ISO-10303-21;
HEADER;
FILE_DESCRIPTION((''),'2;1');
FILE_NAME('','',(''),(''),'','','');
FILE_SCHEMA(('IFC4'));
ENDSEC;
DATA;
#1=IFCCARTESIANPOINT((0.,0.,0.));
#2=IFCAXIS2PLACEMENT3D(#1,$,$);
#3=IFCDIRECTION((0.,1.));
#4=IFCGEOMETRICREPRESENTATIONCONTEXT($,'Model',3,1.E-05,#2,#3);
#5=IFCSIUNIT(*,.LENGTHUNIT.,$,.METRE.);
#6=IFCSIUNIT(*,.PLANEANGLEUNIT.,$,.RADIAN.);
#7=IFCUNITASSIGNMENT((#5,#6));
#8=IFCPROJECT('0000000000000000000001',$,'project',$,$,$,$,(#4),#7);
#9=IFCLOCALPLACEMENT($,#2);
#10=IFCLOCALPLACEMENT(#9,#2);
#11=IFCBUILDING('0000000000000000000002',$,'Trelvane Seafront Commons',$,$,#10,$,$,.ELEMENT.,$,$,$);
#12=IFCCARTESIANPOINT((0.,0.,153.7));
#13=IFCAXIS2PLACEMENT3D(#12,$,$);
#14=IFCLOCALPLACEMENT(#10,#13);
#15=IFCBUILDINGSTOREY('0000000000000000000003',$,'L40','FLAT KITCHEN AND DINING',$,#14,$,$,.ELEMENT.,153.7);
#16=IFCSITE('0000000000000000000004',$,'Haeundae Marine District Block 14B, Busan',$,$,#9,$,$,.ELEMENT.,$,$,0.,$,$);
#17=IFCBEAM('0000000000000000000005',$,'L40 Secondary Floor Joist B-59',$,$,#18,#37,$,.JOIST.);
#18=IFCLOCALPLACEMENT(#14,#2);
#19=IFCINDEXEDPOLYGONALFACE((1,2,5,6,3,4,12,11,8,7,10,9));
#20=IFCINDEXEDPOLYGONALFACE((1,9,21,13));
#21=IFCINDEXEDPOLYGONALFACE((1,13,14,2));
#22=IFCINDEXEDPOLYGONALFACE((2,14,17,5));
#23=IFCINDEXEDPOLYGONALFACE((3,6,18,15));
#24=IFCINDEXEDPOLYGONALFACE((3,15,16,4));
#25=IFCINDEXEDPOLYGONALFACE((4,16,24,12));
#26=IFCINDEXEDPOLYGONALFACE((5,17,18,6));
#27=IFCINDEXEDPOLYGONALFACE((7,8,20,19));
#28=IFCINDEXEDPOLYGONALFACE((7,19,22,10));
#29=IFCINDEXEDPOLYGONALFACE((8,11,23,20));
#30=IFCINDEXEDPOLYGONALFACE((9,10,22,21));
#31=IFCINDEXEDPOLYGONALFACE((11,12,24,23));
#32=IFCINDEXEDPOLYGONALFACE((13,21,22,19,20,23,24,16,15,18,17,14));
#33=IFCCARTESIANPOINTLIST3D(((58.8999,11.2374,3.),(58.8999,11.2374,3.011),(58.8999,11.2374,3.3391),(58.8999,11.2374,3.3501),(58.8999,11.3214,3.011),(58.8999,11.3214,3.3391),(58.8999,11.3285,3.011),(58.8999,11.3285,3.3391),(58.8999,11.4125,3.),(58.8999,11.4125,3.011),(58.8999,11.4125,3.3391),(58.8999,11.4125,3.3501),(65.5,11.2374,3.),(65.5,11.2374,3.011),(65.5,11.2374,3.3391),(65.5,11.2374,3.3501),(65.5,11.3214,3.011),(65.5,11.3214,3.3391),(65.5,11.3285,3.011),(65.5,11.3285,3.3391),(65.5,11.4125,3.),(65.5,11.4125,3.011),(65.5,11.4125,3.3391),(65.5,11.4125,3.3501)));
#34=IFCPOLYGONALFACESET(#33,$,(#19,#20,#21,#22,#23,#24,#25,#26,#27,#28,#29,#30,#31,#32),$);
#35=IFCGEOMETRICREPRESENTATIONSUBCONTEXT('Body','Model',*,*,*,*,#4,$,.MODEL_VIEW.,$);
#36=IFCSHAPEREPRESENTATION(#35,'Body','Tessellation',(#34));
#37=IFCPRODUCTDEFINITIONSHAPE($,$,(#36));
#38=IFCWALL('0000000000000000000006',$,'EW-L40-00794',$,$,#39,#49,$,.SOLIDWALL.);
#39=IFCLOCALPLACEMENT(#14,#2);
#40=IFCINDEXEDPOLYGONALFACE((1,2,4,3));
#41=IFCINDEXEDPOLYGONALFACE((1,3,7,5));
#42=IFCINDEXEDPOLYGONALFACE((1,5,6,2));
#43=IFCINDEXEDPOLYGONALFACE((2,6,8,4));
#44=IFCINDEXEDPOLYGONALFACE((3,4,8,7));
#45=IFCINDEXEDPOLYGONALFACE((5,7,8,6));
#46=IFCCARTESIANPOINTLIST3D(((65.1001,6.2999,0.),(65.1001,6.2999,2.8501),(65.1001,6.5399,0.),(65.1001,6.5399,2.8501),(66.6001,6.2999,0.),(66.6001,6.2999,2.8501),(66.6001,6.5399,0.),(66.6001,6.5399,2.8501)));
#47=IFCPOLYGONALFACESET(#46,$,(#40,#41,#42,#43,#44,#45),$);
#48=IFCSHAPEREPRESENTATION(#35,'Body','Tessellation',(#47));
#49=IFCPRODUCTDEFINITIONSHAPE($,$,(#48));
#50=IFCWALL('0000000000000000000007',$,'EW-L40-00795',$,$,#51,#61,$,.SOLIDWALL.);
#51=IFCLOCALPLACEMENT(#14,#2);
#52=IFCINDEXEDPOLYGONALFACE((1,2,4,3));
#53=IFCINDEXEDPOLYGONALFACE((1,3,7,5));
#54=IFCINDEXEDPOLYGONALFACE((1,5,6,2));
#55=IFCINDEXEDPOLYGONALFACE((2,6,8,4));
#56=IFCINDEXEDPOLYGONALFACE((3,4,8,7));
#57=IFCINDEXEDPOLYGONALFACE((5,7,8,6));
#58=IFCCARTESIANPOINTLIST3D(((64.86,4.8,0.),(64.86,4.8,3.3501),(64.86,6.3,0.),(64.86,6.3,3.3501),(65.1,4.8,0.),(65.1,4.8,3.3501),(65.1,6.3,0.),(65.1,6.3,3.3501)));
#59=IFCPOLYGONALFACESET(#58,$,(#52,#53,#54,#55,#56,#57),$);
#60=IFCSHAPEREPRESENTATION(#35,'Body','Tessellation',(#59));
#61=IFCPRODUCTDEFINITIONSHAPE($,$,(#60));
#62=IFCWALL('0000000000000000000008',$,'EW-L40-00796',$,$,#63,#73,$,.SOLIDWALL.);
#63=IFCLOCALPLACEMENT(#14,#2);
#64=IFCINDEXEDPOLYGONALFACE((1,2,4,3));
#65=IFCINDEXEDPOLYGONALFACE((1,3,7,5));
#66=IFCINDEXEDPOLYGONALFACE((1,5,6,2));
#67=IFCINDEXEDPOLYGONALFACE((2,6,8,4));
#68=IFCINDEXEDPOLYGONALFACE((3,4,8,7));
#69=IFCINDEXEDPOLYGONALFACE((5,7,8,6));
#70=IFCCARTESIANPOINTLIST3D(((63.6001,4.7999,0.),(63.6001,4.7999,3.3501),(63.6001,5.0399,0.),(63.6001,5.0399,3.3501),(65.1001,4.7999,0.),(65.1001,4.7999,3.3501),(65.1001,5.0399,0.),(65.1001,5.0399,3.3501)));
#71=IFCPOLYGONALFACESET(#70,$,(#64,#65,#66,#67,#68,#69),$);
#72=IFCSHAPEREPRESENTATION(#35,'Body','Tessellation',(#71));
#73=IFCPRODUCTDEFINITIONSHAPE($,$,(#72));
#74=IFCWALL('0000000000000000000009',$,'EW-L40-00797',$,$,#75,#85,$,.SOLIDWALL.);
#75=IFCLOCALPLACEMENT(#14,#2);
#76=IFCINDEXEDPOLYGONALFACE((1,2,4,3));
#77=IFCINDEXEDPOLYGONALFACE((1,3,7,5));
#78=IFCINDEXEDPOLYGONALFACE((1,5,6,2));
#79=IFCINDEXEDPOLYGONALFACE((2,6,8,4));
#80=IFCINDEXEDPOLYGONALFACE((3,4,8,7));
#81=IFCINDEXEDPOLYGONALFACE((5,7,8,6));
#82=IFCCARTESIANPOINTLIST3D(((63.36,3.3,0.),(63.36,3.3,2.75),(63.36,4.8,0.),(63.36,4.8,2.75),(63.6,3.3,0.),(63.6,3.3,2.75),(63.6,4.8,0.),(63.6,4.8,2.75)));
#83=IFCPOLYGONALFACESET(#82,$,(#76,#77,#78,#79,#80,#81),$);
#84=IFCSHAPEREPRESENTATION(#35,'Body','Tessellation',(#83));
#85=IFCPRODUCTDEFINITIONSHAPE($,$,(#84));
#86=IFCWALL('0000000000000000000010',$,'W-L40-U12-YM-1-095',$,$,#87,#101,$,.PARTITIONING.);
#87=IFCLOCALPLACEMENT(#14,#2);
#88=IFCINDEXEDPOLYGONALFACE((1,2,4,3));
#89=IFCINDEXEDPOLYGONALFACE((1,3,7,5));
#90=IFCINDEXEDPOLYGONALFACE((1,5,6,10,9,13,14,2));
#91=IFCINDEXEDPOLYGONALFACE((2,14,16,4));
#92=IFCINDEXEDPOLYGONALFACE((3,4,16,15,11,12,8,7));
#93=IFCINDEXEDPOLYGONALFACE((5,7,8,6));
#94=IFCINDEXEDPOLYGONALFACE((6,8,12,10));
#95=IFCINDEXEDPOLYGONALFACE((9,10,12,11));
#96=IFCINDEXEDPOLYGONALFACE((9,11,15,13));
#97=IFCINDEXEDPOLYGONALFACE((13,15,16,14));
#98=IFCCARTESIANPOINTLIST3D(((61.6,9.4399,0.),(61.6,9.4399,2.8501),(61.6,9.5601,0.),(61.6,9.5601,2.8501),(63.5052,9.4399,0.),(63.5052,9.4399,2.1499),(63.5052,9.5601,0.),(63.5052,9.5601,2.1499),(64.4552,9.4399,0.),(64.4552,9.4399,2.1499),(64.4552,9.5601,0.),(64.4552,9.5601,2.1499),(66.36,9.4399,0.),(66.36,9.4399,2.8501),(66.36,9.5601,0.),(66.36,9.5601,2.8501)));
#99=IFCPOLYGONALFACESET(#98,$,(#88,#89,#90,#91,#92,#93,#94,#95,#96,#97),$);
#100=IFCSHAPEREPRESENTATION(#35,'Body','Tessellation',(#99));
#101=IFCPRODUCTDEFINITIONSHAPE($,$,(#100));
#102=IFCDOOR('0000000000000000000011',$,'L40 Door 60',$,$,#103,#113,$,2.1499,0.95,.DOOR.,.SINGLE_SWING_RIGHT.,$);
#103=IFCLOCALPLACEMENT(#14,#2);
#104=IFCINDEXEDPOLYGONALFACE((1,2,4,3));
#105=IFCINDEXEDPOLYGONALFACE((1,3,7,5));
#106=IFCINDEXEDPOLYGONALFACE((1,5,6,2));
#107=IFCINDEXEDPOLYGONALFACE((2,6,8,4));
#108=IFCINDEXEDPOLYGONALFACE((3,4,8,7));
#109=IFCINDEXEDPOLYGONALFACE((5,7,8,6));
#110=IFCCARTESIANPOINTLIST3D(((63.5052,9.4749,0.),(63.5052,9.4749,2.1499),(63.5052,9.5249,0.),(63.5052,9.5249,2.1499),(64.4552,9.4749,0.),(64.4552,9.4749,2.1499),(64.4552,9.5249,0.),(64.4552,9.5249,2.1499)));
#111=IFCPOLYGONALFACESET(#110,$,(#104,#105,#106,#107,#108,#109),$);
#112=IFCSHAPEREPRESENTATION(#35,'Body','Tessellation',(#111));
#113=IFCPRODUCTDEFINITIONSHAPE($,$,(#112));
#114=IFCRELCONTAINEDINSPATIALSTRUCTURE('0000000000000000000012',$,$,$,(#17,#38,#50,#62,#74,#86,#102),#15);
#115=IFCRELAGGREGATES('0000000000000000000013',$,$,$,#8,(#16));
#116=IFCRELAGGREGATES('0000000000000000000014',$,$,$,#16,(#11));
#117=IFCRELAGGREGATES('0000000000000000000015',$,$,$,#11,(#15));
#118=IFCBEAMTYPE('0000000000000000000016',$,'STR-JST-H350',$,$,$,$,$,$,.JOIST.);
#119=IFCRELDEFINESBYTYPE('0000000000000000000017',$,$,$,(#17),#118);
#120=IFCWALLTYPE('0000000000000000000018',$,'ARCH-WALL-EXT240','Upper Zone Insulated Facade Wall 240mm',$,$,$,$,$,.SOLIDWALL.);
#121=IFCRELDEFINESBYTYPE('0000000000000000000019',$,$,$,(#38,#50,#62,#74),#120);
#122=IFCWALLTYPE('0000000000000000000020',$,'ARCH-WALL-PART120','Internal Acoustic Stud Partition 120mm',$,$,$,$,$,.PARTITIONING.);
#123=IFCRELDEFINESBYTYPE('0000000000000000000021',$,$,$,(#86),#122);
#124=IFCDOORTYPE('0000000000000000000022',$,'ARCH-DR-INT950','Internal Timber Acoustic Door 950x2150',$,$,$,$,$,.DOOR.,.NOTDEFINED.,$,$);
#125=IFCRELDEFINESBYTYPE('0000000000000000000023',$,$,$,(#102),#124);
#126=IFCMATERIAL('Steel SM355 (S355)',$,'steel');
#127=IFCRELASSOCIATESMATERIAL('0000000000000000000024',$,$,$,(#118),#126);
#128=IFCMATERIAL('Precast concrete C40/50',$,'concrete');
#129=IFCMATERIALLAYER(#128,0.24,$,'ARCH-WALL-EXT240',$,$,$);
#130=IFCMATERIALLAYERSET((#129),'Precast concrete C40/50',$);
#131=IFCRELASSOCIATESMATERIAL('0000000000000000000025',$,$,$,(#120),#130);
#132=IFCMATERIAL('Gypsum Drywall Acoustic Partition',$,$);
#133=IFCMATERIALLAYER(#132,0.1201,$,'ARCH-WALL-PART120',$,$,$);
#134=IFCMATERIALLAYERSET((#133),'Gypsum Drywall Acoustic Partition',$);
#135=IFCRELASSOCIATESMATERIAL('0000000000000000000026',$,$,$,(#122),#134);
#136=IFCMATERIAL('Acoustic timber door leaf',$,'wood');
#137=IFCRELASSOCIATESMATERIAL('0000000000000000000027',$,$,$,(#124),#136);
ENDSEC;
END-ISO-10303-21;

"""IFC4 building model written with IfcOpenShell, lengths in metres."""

from ifc_helpers import new_model, si_unit, direction, frame, frame_2d, origin, origin_2d, place, context, subcontext, project, spatial, rectangle, i_section, extrude, source, transform, mapped, material, layer, layer_set, material_profile, profile_set, type_object, element, fill, save


model = new_model("IFC4")

# Units and contexts
model_context = context("Model", 3, precision=1e-05, world=origin(), true_north=direction((0.0, 1.0)))
body_context = subcontext(model_context, "Body", "Model", "MODEL_VIEW")
ifc_project = project(units=[si_unit("LENGTHUNIT", "METRE"), si_unit("PLANEANGLEUNIT", "RADIAN")], contexts=[model_context])

# Site, building, storey
site_placement = place(None, origin())
site = spatial("IfcSite", under=ifc_project, at=site_placement, Name="Haeundae Marine District Block 14B, Busan", CompositionType="ELEMENT", RefElevation=0.0)
building_placement = place(site_placement, origin())
building = spatial("IfcBuilding", under=site, at=building_placement, Name="Trelvane Seafront Commons", CompositionType="ELEMENT")
storey_placement = place(building_placement, frame((0.0, 0.0, 153.7)))
storey = spatial("IfcBuildingStorey", under=building, at=storey_placement, Name="L40", Description="FLAT KITCHEN AND DINING", CompositionType="ELEMENT", Elevation=153.7)

# Beam
ifc_material_1 = material(Name="Steel SM355 (S355)", Category="steel")
ifc_material_profile = material_profile(ifc_material_1, i_section(OverallWidth=0.175, OverallDepth=0.3501, WebThickness=0.0071, FlangeThickness=0.011, at=origin_2d()), Name="H-350x175x7x11")
ifc_profile_set = profile_set([ifc_material_profile], Name="Steel SM355 (S355)")
beam_type = type_object("IfcBeamType", Name="STR-JST-H350", PredefinedType="JOIST", material=ifc_profile_set)
shared_shape_1 = source(origin(), body_context, "Body", "SweptSolid", [
    extrude(i_section(OverallWidth=0.175, OverallDepth=0.3501, WebThickness=0.0071, FlangeThickness=0.011, at=origin_2d()), origin(), (0.0, 0.0, 1.0), 6.6001),
])
beam_placement = place(storey_placement, frame((58.8999, 11.325, 3.175), z_axis=(1.0, 0.0, 0.0), x_axis=(0.0, 1.0, 0.0)))
element("IfcBeam", 1, at=beam_placement, inside=storey, type_object=beam_type, Name="L40 Secondary Floor Joist B-59", PredefinedType="JOIST", context=body_context, shape_type="MappedRepresentation", body=[
    mapped(shared_shape_1, transform((0.0, 0.0, 0.0), x_axis=(1.0, 0.0, 0.0), y_axis=(0.0, 1.0, 0.0), z_axis=(0.0, 0.0, 1.0), scale=1.0)),
])

# Walls
ifc_material_2 = material(Name="Precast concrete C40/50", Category="concrete")
ifc_layer_1 = layer(ifc_material_2, 0.24, Name="ARCH-WALL-EXT240")
ifc_layer_set_1 = layer_set([ifc_layer_1], Name="Precast concrete C40/50")
wall_type_1 = type_object("IfcWallType", Name="ARCH-WALL-EXT240", Description="Upper Zone Insulated Facade Wall 240mm", PredefinedType="SOLIDWALL", material=ifc_layer_set_1)
wall_1_placement = place(storey_placement, frame((66.6001, 6.4199, 0.0), z_axis=(0.0, 0.0, 1.0), x_axis=(-1.0, 0.0, 0.0)))
element("IfcWall", 2, at=wall_1_placement, inside=storey, type_object=wall_type_1, Name="EW-L40-00794", PredefinedType="SOLIDWALL", context=body_context, shape_type="SweptSolid", body=[
    extrude(rectangle(XDim=1.5, YDim=0.24, at=frame_2d((0.75, 0.0))), origin(), (0.0, 0.0, 1.0), 2.8501),
])
for number, where, z_axis, x_axis, name in (
    (3, (64.98, 6.3, 0.0), (0.0, 0.0, 1.0), (0.0, -1.0, 0.0), "EW-L40-00795"),
    (4, (65.1001, 4.9199, 0.0), (0.0, 0.0, 1.0), (-1.0, 0.0, 0.0), "EW-L40-00796"),
):
    element("IfcWall", number, at=place(storey_placement, frame(where, z_axis=z_axis, x_axis=x_axis)), inside=storey, type_object=wall_type_1, Name=name, PredefinedType="SOLIDWALL", context=body_context, shape_type="SweptSolid", body=[
        extrude(rectangle(XDim=1.5, YDim=0.24, at=frame_2d((0.75, 0.0))), origin(), (0.0, 0.0, 1.0), 3.3501),
    ])
wall_2_placement = place(storey_placement, frame((63.48, 4.8, 0.0), z_axis=(0.0, 0.0, 1.0), x_axis=(0.0, -1.0, 0.0)))
element("IfcWall", 5, at=wall_2_placement, inside=storey, type_object=wall_type_1, Name="EW-L40-00797", PredefinedType="SOLIDWALL", context=body_context, shape_type="SweptSolid", body=[
    extrude(rectangle(XDim=1.5, YDim=0.24, at=frame_2d((0.75, 0.0))), origin(), (0.0, 0.0, 1.0), 2.75),
])

# Wall, opening, door
ifc_material_3 = material(Name="Gypsum Drywall Acoustic Partition")
ifc_layer_2 = layer(ifc_material_3, 0.1201, Name="ARCH-WALL-PART120")
ifc_layer_set_2 = layer_set([ifc_layer_2], Name="Gypsum Drywall Acoustic Partition")
wall_type_2 = type_object("IfcWallType", Name="ARCH-WALL-PART120", Description="Internal Acoustic Stud Partition 120mm", PredefinedType="PARTITIONING", material=ifc_layer_set_2)
wall_3_placement = place(storey_placement, frame((61.6001, 9.5, 0.0), z_axis=(0.0, 0.0, 1.0), x_axis=(1.0, 0.0, 0.0)))
wall_3 = element("IfcWall", 6, at=wall_3_placement, inside=storey, type_object=wall_type_2, Name="W-L40-U12-YM-1-095", PredefinedType="PARTITIONING", context=body_context, shape_type="SweptSolid", body=[
    extrude(rectangle(XDim=4.76, YDim=0.1201, at=frame_2d((2.3799, 0.0))), origin(), (0.0, 0.0, 1.0), 2.8501),
])
opening_placement = place(wall_3_placement, frame((1.905, 0.0, 0.0)))
opening = element("IfcOpeningElement", 7, at=opening_placement, cuts=wall_3, PredefinedType="OPENING", context=body_context, shape_type="SweptSolid", body=[
    extrude(rectangle(XDim=0.95, YDim=2.1499, at=frame_2d((0.4751, 1.075))), frame((0.0, 0.0701, 0.0), z_axis=(0.0, -1.0, 0.0), x_axis=(1.0, 0.0, 0.0)), (0.0, 0.0, 1.0), 0.1401),
])
ifc_material_4 = material(Name="Acoustic timber door leaf", Category="wood")
door_type = type_object("IfcDoorType", Name="ARCH-DR-INT950", Description="Internal Timber Acoustic Door 950x2150", OperationType="NOTDEFINED", PredefinedType="DOOR", material=ifc_material_4)
shared_shape_2 = source(origin(), body_context, "Body", "SweptSolid", [
    extrude(rectangle(XDim=0.95, YDim=2.1499, at=frame_2d((0.4751, 1.075))), frame((0.0, 0.0249, 0.0), z_axis=(0.0, -1.0, 0.0), x_axis=(1.0, 0.0, 0.0)), (0.0, 0.0, 1.0), 0.05),
])
door_placement = place(opening_placement, origin())
door = element("IfcDoor", 8, at=door_placement, inside=storey, type_object=door_type, Name="L40 Door 60", OperationType="SINGLE_SWING_RIGHT", OverallHeight=2.1499, OverallWidth=0.95, PredefinedType="DOOR", context=body_context, shape_type="MappedRepresentation", body=[
    mapped(shared_shape_2, transform((0.0, 0.0, 0.0), x_axis=(1.0, 0.0, 0.0), y_axis=(0.0, 1.0, 0.0), z_axis=(0.0, 0.0, 1.0), scale=1.0)),
])
fill(opening, door)

save(model, "model.ifc")
